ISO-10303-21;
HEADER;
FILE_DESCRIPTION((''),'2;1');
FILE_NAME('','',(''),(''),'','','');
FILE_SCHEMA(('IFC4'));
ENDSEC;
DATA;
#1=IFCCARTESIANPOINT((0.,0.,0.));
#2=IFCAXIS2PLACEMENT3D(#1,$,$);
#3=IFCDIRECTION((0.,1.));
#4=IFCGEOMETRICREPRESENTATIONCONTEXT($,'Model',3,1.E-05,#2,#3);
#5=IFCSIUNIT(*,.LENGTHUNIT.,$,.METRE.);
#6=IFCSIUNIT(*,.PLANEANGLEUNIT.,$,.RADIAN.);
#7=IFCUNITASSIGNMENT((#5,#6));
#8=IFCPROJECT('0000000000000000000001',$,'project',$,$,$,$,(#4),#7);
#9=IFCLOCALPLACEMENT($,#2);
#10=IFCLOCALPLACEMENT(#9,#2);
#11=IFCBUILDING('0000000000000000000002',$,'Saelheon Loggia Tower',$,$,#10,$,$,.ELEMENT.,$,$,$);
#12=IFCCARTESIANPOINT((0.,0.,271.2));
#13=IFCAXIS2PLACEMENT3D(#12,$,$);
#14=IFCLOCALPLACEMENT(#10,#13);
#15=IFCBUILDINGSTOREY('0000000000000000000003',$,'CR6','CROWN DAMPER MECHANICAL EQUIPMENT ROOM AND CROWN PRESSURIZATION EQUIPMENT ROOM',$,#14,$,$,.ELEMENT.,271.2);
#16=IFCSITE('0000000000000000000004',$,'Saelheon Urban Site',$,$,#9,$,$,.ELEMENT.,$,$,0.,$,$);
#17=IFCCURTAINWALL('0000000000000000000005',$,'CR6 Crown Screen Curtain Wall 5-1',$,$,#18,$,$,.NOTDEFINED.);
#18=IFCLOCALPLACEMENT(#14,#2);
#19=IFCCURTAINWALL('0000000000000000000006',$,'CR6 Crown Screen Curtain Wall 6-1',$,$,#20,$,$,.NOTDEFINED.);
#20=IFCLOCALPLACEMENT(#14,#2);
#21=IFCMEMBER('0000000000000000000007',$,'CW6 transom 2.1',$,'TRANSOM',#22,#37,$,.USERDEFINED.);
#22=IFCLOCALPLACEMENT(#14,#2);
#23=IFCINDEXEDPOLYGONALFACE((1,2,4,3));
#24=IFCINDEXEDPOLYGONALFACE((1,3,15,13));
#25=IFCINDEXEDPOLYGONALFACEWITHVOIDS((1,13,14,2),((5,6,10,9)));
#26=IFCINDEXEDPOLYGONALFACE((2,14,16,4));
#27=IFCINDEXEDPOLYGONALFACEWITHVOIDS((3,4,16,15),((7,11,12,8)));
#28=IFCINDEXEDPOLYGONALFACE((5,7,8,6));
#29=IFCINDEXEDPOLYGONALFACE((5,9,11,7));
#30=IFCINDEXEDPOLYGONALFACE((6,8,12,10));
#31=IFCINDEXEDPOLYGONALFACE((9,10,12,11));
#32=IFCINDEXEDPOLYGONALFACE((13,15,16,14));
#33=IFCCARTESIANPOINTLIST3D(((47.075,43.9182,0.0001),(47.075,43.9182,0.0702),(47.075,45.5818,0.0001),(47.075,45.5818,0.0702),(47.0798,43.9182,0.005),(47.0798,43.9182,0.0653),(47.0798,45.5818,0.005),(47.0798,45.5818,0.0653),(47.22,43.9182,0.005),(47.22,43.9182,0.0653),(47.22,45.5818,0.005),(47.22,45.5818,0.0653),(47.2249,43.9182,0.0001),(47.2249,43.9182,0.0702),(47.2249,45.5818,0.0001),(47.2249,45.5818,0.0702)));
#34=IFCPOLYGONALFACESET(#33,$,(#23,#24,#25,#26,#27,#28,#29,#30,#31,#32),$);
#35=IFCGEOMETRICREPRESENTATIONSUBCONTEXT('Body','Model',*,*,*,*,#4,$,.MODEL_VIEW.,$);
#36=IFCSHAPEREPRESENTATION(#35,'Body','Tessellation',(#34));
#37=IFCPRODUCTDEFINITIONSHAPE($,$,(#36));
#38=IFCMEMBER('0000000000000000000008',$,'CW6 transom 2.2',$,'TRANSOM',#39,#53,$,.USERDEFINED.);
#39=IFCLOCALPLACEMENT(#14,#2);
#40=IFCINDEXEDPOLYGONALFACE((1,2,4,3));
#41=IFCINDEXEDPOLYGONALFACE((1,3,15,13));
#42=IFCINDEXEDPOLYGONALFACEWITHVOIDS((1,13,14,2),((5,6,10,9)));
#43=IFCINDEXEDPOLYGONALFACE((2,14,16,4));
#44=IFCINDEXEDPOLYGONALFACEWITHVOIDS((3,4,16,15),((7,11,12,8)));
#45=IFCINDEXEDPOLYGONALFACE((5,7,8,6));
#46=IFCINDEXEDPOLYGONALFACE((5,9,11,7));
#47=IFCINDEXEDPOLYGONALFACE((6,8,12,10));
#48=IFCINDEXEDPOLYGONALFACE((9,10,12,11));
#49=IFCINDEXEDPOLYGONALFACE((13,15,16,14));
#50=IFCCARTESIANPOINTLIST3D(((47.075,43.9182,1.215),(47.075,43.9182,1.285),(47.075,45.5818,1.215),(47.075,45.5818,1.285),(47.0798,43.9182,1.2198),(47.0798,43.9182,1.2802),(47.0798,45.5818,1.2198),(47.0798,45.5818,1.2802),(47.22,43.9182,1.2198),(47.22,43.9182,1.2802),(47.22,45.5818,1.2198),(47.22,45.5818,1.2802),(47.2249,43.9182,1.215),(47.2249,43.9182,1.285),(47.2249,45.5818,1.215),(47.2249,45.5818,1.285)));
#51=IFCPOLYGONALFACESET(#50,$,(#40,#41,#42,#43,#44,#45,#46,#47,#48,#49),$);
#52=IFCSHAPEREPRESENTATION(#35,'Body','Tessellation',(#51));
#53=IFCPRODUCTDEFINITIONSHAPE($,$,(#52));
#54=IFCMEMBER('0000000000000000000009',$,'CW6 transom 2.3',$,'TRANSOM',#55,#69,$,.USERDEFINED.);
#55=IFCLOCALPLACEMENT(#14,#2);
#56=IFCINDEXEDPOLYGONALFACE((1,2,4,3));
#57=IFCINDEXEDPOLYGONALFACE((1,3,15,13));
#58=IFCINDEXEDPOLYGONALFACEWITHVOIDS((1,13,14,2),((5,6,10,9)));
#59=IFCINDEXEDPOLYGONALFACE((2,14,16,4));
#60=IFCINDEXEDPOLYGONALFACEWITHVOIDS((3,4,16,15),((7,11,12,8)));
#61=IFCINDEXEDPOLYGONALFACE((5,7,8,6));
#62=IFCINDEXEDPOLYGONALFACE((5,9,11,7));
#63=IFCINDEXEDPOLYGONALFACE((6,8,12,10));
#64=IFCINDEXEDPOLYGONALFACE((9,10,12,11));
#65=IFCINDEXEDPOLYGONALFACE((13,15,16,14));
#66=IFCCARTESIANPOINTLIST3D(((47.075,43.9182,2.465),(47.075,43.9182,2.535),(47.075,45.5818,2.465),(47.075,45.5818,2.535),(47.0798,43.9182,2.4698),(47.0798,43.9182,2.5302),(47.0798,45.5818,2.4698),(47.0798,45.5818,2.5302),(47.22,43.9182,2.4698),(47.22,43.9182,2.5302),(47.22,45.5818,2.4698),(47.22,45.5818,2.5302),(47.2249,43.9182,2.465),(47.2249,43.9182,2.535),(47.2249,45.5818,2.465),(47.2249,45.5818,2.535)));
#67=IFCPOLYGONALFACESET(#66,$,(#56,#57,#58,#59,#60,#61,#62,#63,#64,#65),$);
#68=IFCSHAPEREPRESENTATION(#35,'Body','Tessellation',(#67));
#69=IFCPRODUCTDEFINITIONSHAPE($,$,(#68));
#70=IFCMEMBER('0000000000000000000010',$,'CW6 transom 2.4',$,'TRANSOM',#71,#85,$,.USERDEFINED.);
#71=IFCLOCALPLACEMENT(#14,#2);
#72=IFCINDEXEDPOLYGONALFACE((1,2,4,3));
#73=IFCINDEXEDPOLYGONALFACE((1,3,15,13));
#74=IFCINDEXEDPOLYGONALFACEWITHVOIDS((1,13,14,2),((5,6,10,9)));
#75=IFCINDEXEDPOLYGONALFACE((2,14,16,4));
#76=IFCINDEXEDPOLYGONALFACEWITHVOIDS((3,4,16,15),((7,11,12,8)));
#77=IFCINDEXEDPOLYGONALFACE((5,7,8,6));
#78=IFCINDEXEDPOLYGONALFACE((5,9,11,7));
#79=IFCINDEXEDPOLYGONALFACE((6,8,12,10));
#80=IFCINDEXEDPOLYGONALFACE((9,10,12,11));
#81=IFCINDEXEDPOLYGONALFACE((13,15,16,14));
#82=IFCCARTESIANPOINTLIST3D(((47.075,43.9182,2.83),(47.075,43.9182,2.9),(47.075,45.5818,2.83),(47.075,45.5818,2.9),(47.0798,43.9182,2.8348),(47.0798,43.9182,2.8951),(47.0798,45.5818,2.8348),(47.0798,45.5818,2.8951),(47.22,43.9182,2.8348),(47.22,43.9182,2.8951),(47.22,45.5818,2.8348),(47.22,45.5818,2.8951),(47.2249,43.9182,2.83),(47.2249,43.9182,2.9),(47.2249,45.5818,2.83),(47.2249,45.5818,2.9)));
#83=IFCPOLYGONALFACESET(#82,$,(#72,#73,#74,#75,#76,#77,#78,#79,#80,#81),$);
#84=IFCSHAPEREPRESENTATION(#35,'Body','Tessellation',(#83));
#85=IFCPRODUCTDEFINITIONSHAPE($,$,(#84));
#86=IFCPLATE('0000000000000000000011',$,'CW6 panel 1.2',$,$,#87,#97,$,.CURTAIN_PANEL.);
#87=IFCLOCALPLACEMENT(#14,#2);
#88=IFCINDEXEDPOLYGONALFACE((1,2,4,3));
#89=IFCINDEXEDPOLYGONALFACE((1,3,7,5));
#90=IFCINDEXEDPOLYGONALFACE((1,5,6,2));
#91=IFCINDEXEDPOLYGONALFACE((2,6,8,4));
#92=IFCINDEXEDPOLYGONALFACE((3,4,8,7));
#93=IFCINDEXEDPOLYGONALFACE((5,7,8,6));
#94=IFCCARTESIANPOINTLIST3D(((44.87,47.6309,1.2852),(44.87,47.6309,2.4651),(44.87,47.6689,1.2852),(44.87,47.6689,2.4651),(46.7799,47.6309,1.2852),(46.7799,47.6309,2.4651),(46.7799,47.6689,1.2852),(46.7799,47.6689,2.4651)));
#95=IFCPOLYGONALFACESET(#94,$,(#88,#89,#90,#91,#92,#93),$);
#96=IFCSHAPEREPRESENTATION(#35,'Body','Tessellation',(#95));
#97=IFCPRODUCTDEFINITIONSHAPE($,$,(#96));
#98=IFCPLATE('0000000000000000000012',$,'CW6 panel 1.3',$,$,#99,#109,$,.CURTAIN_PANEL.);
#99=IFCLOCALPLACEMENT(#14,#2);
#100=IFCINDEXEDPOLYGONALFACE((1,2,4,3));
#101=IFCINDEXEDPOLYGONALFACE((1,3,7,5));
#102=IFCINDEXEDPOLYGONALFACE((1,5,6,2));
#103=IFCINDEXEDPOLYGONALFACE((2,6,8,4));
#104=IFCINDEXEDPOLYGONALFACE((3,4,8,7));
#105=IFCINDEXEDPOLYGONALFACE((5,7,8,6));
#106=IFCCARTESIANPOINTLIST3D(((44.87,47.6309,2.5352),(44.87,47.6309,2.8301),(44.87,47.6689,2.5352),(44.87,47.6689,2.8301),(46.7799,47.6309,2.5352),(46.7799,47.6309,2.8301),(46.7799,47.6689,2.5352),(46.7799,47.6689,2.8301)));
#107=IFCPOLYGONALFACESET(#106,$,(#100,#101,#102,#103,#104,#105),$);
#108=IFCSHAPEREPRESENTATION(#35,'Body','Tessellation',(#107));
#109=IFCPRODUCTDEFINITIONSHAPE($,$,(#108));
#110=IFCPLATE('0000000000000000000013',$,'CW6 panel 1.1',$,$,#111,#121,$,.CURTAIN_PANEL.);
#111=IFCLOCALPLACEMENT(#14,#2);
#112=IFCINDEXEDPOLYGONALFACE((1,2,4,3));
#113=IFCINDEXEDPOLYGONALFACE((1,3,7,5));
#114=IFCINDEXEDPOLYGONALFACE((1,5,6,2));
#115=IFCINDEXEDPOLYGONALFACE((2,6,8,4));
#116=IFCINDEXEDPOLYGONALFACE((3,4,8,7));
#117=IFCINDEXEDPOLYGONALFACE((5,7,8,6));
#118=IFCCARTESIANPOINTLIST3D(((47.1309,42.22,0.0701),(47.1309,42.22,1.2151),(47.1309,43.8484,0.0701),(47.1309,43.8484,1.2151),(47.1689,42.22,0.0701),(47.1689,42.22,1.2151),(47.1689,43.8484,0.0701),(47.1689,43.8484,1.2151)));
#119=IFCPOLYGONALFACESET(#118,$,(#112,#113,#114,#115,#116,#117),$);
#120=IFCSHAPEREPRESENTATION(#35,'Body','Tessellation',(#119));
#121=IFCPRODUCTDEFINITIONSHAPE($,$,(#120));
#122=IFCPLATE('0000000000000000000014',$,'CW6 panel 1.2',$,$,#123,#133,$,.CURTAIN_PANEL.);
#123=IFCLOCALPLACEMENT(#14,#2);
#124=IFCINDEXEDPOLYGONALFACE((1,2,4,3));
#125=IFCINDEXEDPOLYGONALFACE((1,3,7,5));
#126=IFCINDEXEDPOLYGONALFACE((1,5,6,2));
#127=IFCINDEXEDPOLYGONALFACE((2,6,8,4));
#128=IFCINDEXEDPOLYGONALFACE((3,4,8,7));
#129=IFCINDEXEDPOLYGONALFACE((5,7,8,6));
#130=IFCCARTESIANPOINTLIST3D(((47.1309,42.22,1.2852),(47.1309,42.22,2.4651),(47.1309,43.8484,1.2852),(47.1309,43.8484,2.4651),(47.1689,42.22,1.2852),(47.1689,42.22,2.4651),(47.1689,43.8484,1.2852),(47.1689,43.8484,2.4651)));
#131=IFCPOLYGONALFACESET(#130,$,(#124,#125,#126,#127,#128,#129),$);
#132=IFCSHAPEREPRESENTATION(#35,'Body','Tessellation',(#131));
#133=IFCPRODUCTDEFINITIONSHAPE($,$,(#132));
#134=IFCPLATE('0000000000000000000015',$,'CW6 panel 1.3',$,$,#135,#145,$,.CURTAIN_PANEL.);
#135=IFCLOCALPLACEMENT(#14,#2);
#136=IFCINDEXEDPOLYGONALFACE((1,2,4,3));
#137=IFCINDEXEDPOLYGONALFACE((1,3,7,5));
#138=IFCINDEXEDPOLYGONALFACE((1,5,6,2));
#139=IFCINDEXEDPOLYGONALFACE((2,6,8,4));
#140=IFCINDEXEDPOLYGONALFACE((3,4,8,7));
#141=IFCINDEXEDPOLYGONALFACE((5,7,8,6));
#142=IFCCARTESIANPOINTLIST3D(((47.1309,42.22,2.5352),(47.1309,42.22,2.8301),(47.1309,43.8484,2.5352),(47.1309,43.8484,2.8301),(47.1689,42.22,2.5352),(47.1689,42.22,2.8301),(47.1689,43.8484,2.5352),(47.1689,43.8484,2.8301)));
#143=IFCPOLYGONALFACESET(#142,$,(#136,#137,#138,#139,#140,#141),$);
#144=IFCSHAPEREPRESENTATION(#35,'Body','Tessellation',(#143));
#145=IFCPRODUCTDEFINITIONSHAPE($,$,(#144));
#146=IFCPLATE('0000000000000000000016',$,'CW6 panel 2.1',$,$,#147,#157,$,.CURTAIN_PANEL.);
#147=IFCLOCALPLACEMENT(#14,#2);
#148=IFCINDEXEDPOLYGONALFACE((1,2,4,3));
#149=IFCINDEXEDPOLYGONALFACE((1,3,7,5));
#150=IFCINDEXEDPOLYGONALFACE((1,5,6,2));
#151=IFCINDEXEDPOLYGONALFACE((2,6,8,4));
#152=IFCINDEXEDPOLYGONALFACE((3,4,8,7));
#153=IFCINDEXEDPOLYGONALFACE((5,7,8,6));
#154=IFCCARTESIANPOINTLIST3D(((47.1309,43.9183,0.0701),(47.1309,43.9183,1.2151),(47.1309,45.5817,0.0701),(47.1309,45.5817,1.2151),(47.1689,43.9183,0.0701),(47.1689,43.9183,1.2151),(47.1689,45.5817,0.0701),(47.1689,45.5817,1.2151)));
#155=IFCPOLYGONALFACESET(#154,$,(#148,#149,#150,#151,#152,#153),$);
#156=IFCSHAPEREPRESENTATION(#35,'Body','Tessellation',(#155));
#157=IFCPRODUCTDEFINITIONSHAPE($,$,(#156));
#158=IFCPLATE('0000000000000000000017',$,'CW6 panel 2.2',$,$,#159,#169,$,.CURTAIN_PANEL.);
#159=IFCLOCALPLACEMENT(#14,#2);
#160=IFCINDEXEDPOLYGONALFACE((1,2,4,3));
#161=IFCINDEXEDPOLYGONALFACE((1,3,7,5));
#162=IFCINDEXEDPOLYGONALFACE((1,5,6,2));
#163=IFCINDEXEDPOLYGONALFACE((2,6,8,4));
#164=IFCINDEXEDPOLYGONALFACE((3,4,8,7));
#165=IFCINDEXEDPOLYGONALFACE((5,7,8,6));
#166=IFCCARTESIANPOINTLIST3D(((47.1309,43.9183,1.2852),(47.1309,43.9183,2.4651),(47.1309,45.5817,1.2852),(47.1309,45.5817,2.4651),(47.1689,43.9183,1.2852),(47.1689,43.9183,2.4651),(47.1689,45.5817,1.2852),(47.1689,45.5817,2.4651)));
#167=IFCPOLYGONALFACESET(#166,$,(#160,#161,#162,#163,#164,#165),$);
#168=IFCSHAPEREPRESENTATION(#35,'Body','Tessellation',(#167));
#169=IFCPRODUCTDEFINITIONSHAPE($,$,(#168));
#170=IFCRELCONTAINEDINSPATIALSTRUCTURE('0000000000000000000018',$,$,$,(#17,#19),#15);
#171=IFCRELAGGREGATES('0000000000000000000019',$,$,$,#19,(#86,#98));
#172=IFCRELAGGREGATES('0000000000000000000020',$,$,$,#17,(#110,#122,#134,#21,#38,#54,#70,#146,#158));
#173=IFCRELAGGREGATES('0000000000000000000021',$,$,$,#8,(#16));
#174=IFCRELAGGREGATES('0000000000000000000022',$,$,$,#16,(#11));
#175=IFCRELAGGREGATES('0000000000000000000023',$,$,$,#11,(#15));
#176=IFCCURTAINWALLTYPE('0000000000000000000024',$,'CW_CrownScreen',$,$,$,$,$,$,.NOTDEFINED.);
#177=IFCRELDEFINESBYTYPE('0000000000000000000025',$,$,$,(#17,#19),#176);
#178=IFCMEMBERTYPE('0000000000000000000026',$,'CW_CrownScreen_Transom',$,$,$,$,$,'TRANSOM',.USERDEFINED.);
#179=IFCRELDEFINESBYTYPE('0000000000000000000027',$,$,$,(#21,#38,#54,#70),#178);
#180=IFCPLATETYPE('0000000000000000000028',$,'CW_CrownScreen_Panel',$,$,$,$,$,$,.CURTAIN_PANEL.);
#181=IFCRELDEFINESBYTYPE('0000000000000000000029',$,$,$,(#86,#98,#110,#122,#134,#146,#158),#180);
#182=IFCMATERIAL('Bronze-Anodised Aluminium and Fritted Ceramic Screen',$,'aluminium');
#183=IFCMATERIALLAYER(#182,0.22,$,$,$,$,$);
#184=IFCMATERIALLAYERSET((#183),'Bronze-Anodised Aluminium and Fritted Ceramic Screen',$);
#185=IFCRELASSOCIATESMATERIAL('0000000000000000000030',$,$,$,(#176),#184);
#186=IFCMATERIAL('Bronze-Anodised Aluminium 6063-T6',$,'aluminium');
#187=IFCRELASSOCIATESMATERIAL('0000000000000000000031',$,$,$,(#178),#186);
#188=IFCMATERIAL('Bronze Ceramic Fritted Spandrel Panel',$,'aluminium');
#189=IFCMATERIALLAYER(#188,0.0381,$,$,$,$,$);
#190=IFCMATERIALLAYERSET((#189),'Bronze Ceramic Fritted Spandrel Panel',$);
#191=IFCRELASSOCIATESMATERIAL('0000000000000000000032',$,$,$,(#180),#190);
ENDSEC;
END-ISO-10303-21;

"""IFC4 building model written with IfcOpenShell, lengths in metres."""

from ifc_helpers import new_model, si_unit, direction, frame, origin, origin_2d, place, context, subcontext, project, spatial, rectangle, hollow_rectangle, extrude, source, transform, mapped, material, layer, layer_set, material_profile, profile_set, type_object, element, aggregate, save


model = new_model("IFC4")

# Units and contexts
model_context = context("Model", 3, precision=1e-05, world=origin(), true_north=direction((0.0, 1.0)))
body_context = subcontext(model_context, "Body", "Model", "MODEL_VIEW")
ifc_project = project(units=[si_unit("LENGTHUNIT", "METRE"), si_unit("PLANEANGLEUNIT", "RADIAN")], contexts=[model_context])

# Site, building, storey
site_placement = place(None, origin())
site = spatial("IfcSite", under=ifc_project, at=site_placement, Name="Saelheon Urban Site", CompositionType="ELEMENT", RefElevation=0.0)
building_placement = place(site_placement, origin())
building = spatial("IfcBuilding", under=site, at=building_placement, Name="Saelheon Loggia Tower", CompositionType="ELEMENT")
storey_placement = place(building_placement, frame((0.0, 0.0, 271.2)))
storey = spatial("IfcBuildingStorey", under=building, at=storey_placement, Name="CR6", Description="CROWN DAMPER MECHANICAL EQUIPMENT ROOM AND CROWN PRESSURIZATION EQUIPMENT ROOM", CompositionType="ELEMENT", Elevation=271.2)

# Curtain walls
ifc_material_1 = material(Name="Bronze-Anodised Aluminium and Fritted Ceramic Screen", Category="aluminium")
ifc_layer_1 = layer(ifc_material_1, 0.22)
ifc_layer_set_1 = layer_set([ifc_layer_1], Name="Bronze-Anodised Aluminium and Fritted Ceramic Screen")
curtain_wall_type = type_object("IfcCurtainWallType", Name="CW_CrownScreen", PredefinedType="NOTDEFINED", material=ifc_layer_set_1)
curtain_wall_1_placement = place(storey_placement, origin())
curtain_wall_1 = element("IfcCurtainWall", 1, at=curtain_wall_1_placement, inside=storey, type_object=curtain_wall_type, Name="CR6 Crown Screen Curtain Wall 5-1", PredefinedType="NOTDEFINED")
ifc_material_2 = material(Name="Bronze-Anodised Aluminium 6063-T6", Category="aluminium")
curtain_wall_2_placement = place(storey_placement, origin())
curtain_wall_2 = element("IfcCurtainWall", 2, at=curtain_wall_2_placement, inside=storey, type_object=curtain_wall_type, Name="CR6 Crown Screen Curtain Wall 6-1", PredefinedType="NOTDEFINED")
ifc_material_profile_1 = material_profile(ifc_material_2, hollow_rectangle(XDim=0.0701, YDim=0.1499, WallThickness=0.0049, at=origin_2d()), Name="RHS-150x70x5")
ifc_profile_set_1 = profile_set([ifc_material_profile_1], Name="Bronze-Anodised Aluminium 6063-T6")
member_type_1 = type_object("IfcMemberType", Name="CW_CrownScreen_Transom", ElementType="TRANSOM", PredefinedType="USERDEFINED", material=ifc_profile_set_1)

# Members
shared_shape_1 = source(origin(), body_context, "Body", "SweptSolid", [
    extrude(hollow_rectangle(XDim=0.0701, YDim=0.1499, WallThickness=0.0049, at=origin_2d()), origin(), (0.0, 0.0, 1.0), 1.6636),
])
member_1_placement = place(storey_placement, frame((47.1499, 43.9182, 0.0352), z_axis=(0.0, 1.0, 0.0), x_axis=(0.0, 0.0, 1.0)))
member_1 = element("IfcMember", 3, at=member_1_placement, type_object=member_type_1, Name="CW6 transom 2.1", ObjectType="TRANSOM", PredefinedType="USERDEFINED", context=body_context, shape_type="MappedRepresentation", body=[
    mapped(shared_shape_1, transform((0.0, 0.0, 0.0), scale=1.0)),
])
member_2_placement = place(storey_placement, frame((47.1499, 43.9182, 1.25), z_axis=(0.0, 1.0, 0.0), x_axis=(0.0, 0.0, 1.0)))
member_2 = element("IfcMember", 4, at=member_2_placement, type_object=member_type_1, Name="CW6 transom 2.2", ObjectType="TRANSOM", PredefinedType="USERDEFINED", context=body_context, shape_type="MappedRepresentation", body=[
    mapped(shared_shape_1, transform((0.0, 0.0, 0.0), scale=1.0)),
])
member_3_placement = place(storey_placement, frame((47.1499, 43.9182, 2.5), z_axis=(0.0, 1.0, 0.0), x_axis=(0.0, 0.0, 1.0)))
member_3 = element("IfcMember", 5, at=member_3_placement, type_object=member_type_1, Name="CW6 transom 2.3", ObjectType="TRANSOM", PredefinedType="USERDEFINED", context=body_context, shape_type="MappedRepresentation", body=[
    mapped(shared_shape_1, transform((0.0, 0.0, 0.0), scale=1.0)),
])
member_4_placement = place(storey_placement, frame((47.1499, 43.9182, 2.865), z_axis=(0.0, 1.0, 0.0), x_axis=(0.0, 0.0, 1.0)))
member_4 = element("IfcMember", 6, at=member_4_placement, type_object=member_type_1, Name="CW6 transom 2.4", ObjectType="TRANSOM", PredefinedType="USERDEFINED", context=body_context, shape_type="MappedRepresentation", body=[
    mapped(shared_shape_1, transform((0.0, 0.0, 0.0), scale=1.0)),
])

# Plates
ifc_material_3 = material(Name="Bronze Ceramic Fritted Spandrel Panel", Category="aluminium")
ifc_layer_2 = layer(ifc_material_3, 0.0381)
ifc_layer_set_2 = layer_set([ifc_layer_2], Name="Bronze Ceramic Fritted Spandrel Panel")
plate_type = type_object("IfcPlateType", Name="CW_CrownScreen_Panel", PredefinedType="CURTAIN_PANEL", material=ifc_layer_set_2)
shared_shape_2 = source(origin(), body_context, "Body", "SweptSolid", [
    extrude(rectangle(XDim=1.9099, YDim=0.0381, at=origin_2d()), origin(), (0.0, 0.0, 1.0), 1.1799),
])
plate_1_placement = place(storey_placement, frame((45.825, 47.6499, 1.2852), z_axis=(0.0, 0.0, 1.0), x_axis=(-1.0, 0.0, 0.0)))
plate_1 = element("IfcPlate", 7, at=plate_1_placement, type_object=plate_type, Name="CW6 panel 1.2", PredefinedType="CURTAIN_PANEL", context=body_context, shape_type="MappedRepresentation", body=[
    mapped(shared_shape_2, transform((0.0, 0.0, 0.0), scale=1.0)),
])
shared_shape_3 = source(origin(), body_context, "Body", "SweptSolid", [
    extrude(rectangle(XDim=1.9099, YDim=0.0381, at=origin_2d()), origin(), (0.0, 0.0, 1.0), 0.2949),
])
plate_2_placement = place(storey_placement, frame((45.825, 47.6499, 2.5352), z_axis=(0.0, 0.0, 1.0), x_axis=(-1.0, 0.0, 0.0)))
plate_2 = element("IfcPlate", 8, at=plate_2_placement, type_object=plate_type, Name="CW6 panel 1.3", PredefinedType="CURTAIN_PANEL", context=body_context, shape_type="MappedRepresentation", body=[
    mapped(shared_shape_3, transform((0.0, 0.0, 0.0), scale=1.0)),
])
aggregate(curtain_wall_2, [plate_1, plate_2])
shared_shape_4 = source(origin(), body_context, "Body", "SweptSolid", [
    extrude(rectangle(XDim=1.6284, YDim=0.0381, at=origin_2d()), origin(), (0.0, 0.0, 1.0), 1.145),
])
plate_3_placement = place(storey_placement, frame((47.1499, 43.0342, 0.0701), z_axis=(0.0, 0.0, 1.0), x_axis=(0.0, 1.0, 0.0)))
plate_3 = element("IfcPlate", 9, at=plate_3_placement, type_object=plate_type, Name="CW6 panel 1.1", PredefinedType="CURTAIN_PANEL", context=body_context, shape_type="MappedRepresentation", body=[
    mapped(shared_shape_4, transform((0.0, 0.0, 0.0), scale=1.0)),
])
shared_shape_5 = source(origin(), body_context, "Body", "SweptSolid", [
    extrude(rectangle(XDim=1.6284, YDim=0.0381, at=origin_2d()), origin(), (0.0, 0.0, 1.0), 1.1799),
])
plate_4_placement = place(storey_placement, frame((47.1499, 43.0342, 1.2852), z_axis=(0.0, 0.0, 1.0), x_axis=(0.0, 1.0, 0.0)))
plate_4 = element("IfcPlate", 10, at=plate_4_placement, type_object=plate_type, Name="CW6 panel 1.2", PredefinedType="CURTAIN_PANEL", context=body_context, shape_type="MappedRepresentation", body=[
    mapped(shared_shape_5, transform((0.0, 0.0, 0.0), scale=1.0)),
])
shared_shape_6 = source(origin(), body_context, "Body", "SweptSolid", [
    extrude(rectangle(XDim=1.6284, YDim=0.0381, at=origin_2d()), origin(), (0.0, 0.0, 1.0), 0.2949),
])
plate_5_placement = place(storey_placement, frame((47.1499, 43.0342, 2.5352), z_axis=(0.0, 0.0, 1.0), x_axis=(0.0, 1.0, 0.0)))
plate_5 = element("IfcPlate", 11, at=plate_5_placement, type_object=plate_type, Name="CW6 panel 1.3", PredefinedType="CURTAIN_PANEL", context=body_context, shape_type="MappedRepresentation", body=[
    mapped(shared_shape_6, transform((0.0, 0.0, 0.0), scale=1.0)),
])
shared_shape_7 = source(origin(), body_context, "Body", "SweptSolid", [
    extrude(rectangle(XDim=1.6633, YDim=0.0381, at=origin_2d()), origin(), (0.0, 0.0, 1.0), 1.145),
])
plate_6_placement = place(storey_placement, frame((47.1499, 44.75, 0.0701), z_axis=(0.0, 0.0, 1.0), x_axis=(0.0, 1.0, 0.0)))
plate_6 = element("IfcPlate", 12, at=plate_6_placement, type_object=plate_type, Name="CW6 panel 2.1", PredefinedType="CURTAIN_PANEL", context=body_context, shape_type="MappedRepresentation", body=[
    mapped(shared_shape_7, transform((0.0, 0.0, 0.0), scale=1.0)),
])
shared_shape_8 = source(origin(), body_context, "Body", "SweptSolid", [
    extrude(rectangle(XDim=1.6633, YDim=0.0381, at=origin_2d()), origin(), (0.0, 0.0, 1.0), 1.1799),
])
plate_7_placement = place(storey_placement, frame((47.1499, 44.75, 1.2852), z_axis=(0.0, 0.0, 1.0), x_axis=(0.0, 1.0, 0.0)))
plate_7 = element("IfcPlate", 13, at=plate_7_placement, type_object=plate_type, Name="CW6 panel 2.2", PredefinedType="CURTAIN_PANEL", context=body_context, shape_type="MappedRepresentation", body=[
    mapped(shared_shape_8, transform((0.0, 0.0, 0.0), scale=1.0)),
])
aggregate(curtain_wall_1, [plate_3, plate_4, plate_5, member_1, member_2, member_3, member_4, plate_6, plate_7])

save(model, "model.ifc")
